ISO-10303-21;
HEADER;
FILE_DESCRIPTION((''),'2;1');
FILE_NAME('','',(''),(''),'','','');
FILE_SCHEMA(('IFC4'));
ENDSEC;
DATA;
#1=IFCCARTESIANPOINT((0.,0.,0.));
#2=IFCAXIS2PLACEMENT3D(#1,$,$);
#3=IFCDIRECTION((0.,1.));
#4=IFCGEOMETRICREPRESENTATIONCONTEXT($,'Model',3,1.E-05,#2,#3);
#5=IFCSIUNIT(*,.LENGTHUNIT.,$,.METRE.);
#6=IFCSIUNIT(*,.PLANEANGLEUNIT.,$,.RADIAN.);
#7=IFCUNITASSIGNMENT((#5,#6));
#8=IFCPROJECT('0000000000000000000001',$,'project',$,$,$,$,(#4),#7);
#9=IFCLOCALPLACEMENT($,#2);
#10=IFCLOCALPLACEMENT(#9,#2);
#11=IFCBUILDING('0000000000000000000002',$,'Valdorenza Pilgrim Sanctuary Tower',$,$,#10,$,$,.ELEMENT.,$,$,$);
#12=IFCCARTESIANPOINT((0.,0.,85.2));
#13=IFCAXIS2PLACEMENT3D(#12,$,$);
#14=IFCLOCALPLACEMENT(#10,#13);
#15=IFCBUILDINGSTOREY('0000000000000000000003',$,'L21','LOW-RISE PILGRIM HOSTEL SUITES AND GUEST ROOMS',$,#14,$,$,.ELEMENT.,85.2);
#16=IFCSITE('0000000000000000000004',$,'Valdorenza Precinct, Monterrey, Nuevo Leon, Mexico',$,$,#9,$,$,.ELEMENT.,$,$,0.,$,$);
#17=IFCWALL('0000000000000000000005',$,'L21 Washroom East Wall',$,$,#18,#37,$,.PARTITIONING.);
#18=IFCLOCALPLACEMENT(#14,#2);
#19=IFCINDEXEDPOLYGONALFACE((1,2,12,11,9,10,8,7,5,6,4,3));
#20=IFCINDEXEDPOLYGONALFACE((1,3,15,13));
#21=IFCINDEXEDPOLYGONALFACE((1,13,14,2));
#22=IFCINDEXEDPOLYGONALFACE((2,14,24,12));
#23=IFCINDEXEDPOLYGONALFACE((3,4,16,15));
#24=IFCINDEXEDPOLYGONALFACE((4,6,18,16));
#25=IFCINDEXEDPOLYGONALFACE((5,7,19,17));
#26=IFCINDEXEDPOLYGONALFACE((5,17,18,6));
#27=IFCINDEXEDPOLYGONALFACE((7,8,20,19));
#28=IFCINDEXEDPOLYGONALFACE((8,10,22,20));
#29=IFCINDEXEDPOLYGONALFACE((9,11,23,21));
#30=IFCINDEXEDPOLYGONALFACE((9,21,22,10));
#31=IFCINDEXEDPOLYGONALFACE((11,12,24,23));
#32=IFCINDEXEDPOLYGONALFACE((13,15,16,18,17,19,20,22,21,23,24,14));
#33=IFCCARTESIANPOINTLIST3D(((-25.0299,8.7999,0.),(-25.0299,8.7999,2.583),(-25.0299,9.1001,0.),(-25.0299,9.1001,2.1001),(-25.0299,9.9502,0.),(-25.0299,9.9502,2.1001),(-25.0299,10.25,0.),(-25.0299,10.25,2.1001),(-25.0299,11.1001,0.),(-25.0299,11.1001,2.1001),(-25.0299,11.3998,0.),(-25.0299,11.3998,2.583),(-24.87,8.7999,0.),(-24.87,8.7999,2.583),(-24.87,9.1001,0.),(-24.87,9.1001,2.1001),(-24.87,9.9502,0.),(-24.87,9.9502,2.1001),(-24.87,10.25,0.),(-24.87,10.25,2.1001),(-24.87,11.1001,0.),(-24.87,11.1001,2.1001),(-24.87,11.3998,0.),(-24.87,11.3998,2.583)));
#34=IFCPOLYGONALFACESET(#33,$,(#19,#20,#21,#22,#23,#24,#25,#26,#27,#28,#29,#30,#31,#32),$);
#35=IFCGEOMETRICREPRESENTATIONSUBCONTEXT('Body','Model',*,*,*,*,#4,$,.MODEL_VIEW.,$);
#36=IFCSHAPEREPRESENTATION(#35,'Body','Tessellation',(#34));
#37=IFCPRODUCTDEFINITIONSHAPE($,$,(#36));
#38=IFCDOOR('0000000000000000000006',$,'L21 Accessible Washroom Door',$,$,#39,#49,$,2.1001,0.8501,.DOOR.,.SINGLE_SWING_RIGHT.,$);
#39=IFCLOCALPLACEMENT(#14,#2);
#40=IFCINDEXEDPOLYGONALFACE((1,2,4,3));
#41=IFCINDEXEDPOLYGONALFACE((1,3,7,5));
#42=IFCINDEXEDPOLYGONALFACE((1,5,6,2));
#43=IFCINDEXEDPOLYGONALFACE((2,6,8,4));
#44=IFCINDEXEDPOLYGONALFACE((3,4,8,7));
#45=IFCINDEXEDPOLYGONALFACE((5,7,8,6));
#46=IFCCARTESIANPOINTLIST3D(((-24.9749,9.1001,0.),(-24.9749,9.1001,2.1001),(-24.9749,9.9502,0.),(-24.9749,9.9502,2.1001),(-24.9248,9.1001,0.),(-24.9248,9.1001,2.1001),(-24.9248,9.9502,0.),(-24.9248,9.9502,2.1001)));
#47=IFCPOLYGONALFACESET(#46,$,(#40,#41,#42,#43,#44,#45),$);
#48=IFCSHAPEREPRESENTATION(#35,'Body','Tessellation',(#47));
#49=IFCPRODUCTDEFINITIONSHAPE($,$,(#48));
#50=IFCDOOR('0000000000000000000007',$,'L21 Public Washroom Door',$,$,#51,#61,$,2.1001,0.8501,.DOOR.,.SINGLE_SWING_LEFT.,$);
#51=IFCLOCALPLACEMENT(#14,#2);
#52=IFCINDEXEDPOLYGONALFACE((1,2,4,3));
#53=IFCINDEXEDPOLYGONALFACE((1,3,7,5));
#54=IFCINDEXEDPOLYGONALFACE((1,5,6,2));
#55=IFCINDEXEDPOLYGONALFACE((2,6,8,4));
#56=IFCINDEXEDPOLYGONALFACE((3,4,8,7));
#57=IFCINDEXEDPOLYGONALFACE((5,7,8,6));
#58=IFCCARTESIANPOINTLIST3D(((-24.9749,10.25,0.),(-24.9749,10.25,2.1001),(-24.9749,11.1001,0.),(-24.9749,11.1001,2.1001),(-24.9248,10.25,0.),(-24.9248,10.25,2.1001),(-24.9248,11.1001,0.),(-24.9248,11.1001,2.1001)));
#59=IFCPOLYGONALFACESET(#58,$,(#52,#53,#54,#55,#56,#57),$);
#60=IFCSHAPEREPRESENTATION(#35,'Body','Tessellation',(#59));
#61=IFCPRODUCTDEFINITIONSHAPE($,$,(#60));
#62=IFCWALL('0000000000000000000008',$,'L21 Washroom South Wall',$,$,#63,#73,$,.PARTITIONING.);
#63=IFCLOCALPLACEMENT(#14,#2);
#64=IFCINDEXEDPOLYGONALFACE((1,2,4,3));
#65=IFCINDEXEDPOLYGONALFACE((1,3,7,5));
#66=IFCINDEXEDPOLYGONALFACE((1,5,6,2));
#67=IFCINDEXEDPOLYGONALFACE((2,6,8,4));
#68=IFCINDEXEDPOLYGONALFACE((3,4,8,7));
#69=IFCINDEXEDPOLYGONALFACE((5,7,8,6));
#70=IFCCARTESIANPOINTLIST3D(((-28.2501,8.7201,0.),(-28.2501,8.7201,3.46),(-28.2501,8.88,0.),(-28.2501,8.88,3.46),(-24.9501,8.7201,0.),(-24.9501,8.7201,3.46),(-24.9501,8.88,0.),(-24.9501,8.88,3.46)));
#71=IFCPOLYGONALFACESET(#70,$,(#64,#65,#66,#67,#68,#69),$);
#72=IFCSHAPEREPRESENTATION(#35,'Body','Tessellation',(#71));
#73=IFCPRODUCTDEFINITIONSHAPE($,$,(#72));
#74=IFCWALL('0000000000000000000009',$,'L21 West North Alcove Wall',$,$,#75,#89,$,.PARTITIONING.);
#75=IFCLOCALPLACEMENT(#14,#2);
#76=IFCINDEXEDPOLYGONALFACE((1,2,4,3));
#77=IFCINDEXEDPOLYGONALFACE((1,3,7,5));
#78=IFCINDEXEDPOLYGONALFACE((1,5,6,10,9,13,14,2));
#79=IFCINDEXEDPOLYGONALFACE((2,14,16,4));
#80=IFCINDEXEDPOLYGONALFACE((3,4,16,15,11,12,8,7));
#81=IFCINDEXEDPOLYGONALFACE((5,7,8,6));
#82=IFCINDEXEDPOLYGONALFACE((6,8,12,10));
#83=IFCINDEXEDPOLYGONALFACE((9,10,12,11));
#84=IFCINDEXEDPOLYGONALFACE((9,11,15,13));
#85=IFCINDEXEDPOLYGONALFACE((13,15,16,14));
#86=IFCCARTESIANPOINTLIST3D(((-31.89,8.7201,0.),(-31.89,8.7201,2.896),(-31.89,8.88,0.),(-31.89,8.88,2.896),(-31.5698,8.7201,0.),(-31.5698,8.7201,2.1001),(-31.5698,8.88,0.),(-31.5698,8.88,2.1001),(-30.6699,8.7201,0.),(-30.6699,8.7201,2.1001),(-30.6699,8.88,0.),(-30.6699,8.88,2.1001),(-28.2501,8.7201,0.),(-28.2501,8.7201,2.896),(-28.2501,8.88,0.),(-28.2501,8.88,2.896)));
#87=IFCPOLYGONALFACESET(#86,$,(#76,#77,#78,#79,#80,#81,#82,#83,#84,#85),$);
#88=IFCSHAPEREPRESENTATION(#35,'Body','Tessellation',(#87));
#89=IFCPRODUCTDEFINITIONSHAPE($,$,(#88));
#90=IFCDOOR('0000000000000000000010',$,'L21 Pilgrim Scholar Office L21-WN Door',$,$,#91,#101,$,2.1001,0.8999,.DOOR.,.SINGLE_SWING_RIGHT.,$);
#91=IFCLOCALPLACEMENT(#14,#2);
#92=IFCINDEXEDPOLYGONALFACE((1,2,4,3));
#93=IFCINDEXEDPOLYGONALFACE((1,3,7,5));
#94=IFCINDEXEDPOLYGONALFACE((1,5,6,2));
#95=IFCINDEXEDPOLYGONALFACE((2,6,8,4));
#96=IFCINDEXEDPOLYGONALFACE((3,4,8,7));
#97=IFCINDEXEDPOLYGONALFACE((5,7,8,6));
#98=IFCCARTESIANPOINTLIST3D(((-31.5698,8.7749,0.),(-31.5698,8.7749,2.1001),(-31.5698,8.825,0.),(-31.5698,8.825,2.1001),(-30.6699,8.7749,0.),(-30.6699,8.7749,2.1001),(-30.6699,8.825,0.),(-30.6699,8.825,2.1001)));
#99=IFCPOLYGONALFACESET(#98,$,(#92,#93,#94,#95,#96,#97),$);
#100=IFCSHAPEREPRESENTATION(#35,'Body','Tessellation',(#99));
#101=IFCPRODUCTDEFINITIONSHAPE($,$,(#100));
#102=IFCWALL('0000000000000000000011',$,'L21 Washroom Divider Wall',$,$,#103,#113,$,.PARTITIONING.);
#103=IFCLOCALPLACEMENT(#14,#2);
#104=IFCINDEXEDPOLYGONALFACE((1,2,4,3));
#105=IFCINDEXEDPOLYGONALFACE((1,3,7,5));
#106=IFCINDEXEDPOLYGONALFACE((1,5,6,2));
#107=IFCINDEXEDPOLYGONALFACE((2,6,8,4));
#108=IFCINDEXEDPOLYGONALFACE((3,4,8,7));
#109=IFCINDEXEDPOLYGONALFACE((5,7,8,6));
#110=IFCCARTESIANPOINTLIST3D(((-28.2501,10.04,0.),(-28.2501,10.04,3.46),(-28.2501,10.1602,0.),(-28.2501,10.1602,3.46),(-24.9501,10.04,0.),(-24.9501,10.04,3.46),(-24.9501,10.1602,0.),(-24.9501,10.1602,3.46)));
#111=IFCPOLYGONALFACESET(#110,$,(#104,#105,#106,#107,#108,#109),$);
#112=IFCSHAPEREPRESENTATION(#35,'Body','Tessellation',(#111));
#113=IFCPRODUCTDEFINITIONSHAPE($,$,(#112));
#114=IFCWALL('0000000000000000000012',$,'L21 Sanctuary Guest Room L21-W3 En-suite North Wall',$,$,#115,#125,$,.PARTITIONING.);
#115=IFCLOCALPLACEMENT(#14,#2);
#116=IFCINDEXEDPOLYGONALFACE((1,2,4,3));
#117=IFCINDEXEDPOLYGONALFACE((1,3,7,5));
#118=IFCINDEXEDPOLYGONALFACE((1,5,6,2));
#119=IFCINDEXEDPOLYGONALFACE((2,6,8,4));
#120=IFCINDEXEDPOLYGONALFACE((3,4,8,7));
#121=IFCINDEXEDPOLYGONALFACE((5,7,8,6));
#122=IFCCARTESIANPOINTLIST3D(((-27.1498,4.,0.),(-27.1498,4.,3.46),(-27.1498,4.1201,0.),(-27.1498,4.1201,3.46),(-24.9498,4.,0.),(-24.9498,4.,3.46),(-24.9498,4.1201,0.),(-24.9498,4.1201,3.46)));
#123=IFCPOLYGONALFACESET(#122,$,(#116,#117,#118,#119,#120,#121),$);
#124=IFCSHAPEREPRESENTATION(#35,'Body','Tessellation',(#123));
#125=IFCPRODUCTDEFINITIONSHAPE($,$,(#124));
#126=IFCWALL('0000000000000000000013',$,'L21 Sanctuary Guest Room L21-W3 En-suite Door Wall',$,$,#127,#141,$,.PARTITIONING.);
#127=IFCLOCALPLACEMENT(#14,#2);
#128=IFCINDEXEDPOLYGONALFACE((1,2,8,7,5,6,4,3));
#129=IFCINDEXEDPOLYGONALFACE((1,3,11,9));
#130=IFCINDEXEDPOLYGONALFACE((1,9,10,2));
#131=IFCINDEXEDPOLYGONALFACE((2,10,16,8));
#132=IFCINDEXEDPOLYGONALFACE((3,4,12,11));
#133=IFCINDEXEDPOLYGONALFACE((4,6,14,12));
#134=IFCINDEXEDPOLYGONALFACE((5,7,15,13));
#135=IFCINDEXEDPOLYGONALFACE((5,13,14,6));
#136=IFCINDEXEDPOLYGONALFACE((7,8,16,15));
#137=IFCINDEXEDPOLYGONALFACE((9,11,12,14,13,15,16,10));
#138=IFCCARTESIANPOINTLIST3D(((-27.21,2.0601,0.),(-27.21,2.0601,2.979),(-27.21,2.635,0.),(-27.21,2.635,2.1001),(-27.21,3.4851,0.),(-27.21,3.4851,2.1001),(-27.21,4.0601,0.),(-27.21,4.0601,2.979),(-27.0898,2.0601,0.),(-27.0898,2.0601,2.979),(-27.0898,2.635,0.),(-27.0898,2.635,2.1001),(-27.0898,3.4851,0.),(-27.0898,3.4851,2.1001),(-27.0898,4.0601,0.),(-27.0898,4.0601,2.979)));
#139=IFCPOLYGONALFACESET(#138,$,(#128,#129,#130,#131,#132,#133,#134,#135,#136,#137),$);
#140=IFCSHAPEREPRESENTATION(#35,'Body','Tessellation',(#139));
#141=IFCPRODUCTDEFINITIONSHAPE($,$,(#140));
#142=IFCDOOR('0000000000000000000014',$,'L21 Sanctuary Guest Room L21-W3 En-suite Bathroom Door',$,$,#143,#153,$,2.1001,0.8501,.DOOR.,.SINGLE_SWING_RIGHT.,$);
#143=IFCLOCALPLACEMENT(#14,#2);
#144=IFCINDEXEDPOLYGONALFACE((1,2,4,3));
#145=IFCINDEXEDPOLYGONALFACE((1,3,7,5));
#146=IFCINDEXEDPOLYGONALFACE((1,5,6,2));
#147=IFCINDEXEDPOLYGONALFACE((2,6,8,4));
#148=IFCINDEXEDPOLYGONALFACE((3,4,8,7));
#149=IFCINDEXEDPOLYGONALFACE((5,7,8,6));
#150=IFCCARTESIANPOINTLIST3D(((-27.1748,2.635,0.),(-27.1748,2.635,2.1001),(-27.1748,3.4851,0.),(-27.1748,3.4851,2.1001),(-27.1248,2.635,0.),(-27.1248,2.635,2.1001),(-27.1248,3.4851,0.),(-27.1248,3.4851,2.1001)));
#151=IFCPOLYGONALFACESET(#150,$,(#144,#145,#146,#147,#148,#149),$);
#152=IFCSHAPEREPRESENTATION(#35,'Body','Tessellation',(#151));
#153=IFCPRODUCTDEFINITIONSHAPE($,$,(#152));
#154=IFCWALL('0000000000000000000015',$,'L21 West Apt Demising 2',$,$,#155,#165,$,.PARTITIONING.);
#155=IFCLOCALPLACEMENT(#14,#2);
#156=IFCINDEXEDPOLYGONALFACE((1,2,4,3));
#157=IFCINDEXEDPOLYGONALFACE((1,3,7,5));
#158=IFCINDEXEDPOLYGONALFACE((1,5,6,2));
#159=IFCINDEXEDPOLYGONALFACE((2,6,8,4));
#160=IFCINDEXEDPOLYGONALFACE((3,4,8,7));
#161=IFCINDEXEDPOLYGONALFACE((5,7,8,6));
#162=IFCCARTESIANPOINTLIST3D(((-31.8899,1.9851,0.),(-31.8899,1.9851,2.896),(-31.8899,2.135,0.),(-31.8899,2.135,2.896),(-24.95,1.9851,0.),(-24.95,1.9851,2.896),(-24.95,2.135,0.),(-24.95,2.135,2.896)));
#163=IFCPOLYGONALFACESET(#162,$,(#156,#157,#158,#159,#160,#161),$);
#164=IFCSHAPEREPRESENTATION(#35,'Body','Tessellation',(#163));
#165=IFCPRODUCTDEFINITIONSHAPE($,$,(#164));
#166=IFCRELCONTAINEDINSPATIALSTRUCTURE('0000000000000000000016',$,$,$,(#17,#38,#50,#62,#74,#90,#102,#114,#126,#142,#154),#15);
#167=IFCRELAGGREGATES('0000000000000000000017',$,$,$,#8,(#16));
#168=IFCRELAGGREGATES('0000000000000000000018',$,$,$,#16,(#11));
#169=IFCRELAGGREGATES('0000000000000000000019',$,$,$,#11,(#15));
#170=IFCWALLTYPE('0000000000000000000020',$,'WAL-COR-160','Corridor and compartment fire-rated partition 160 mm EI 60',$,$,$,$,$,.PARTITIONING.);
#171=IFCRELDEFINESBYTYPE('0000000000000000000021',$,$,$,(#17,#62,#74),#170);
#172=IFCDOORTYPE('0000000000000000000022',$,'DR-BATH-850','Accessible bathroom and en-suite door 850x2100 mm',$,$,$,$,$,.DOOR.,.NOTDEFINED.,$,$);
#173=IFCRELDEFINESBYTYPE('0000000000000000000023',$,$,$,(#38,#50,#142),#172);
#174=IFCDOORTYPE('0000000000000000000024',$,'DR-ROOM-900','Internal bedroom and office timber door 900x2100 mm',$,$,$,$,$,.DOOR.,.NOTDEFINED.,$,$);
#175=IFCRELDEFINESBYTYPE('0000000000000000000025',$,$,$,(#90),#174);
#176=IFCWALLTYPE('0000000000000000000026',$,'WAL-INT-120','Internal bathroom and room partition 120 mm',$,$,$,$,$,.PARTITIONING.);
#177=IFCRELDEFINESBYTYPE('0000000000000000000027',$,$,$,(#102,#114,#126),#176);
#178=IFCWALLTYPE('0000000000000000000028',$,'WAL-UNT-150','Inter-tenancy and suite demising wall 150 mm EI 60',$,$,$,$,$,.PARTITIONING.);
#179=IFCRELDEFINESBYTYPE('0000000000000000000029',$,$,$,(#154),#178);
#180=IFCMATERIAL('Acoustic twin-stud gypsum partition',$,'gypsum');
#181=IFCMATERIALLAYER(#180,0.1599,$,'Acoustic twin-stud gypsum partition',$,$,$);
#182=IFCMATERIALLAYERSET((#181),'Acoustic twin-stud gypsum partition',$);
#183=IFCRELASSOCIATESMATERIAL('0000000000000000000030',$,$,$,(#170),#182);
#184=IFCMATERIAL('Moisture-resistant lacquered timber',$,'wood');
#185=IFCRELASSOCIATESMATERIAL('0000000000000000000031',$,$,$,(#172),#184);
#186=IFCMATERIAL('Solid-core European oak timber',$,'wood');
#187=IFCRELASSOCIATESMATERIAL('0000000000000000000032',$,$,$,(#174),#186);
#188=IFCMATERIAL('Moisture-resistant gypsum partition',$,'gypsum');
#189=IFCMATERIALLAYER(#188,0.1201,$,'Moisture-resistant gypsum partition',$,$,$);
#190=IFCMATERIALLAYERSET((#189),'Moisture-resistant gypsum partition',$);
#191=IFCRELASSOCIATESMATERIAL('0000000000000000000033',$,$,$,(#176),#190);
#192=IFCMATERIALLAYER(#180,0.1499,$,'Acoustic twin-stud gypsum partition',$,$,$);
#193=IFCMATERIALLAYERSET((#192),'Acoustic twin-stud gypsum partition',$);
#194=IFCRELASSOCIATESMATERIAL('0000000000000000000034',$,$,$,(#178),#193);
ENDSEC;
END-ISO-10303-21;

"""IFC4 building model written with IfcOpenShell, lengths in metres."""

from ifc_helpers import new_model, si_unit, direction, frame, frame_2d, origin, place, context, subcontext, project, spatial, rectangle, extrude, material, layer, layer_set, type_object, element, fill, save


model = new_model("IFC4")

# Units and contexts
model_context = context("Model", 3, precision=1e-05, world=origin(), true_north=direction((0.0, 1.0)))
body_context = subcontext(model_context, "Body", "Model", "MODEL_VIEW")
ifc_project = project(units=[si_unit("LENGTHUNIT", "METRE"), si_unit("PLANEANGLEUNIT", "RADIAN")], contexts=[model_context])

# Site, building, storey
site_placement = place(None, origin())
site = spatial("IfcSite", under=ifc_project, at=site_placement, Name="Valdorenza Precinct, Monterrey, Nuevo Leon, Mexico", CompositionType="ELEMENT", RefElevation=0.0)
building_placement = place(site_placement, origin())
building = spatial("IfcBuilding", under=site, at=building_placement, Name="Valdorenza Pilgrim Sanctuary Tower", CompositionType="ELEMENT")
storey_placement = place(building_placement, frame((0.0, 0.0, 85.2)))
storey = spatial("IfcBuildingStorey", under=building, at=storey_placement, Name="L21", Description="LOW-RISE PILGRIM HOSTEL SUITES AND GUEST ROOMS", CompositionType="ELEMENT", Elevation=85.2)

# Shared definitions
ifc_material_1 = material(Name="Acoustic twin-stud gypsum partition", Category="gypsum")
ifc_layer_1 = layer(ifc_material_1, 0.1599, Name="Acoustic twin-stud gypsum partition")
ifc_layer_set_1 = layer_set([ifc_layer_1], Name="Acoustic twin-stud gypsum partition")
wall_type_1 = type_object("IfcWallType", Name="WAL-COR-160", Description="Corridor and compartment fire-rated partition 160 mm EI 60", PredefinedType="PARTITIONING", material=ifc_layer_set_1)

# Wall, openings, doors
wall_1_placement = place(storey_placement, frame((-24.95, 8.8, 0.0), z_axis=(0.0, 0.0, 1.0), x_axis=(0.0, 1.0, 0.0)))
wall_1 = element("IfcWall", 1, at=wall_1_placement, inside=storey, type_object=wall_type_1, Name="L21 Washroom East Wall", PredefinedType="PARTITIONING", context=body_context, shape_type="SweptSolid", body=[
    extrude(rectangle(XDim=2.5999, YDim=0.1599, at=frame_2d((1.2998, 0.0))), origin(), (0.0, 0.0, 1.0), 2.583),
])
opening_1_placement = place(wall_1_placement, frame((0.3, 0.0, 0.0)))
opening_1 = element("IfcOpeningElement", 2, at=opening_1_placement, cuts=wall_1, PredefinedType="OPENING", context=body_context, shape_type="SweptSolid", body=[
    extrude(rectangle(XDim=0.8501, YDim=2.1001, at=frame_2d((0.425, 1.05))), frame((0.0, 0.0947, 0.0), z_axis=(0.0, -1.0, 0.0), x_axis=(1.0, 0.0, 0.0)), (0.0, 0.0, 1.0), 0.1897),
])
opening_2_placement = place(wall_1_placement, frame((1.45, 0.0, 0.0)))
opening_2 = element("IfcOpeningElement", 3, at=opening_2_placement, cuts=wall_1, PredefinedType="OPENING", context=body_context, shape_type="SweptSolid", body=[
    extrude(rectangle(XDim=0.8501, YDim=2.1001, at=frame_2d((0.425, 1.05))), frame((0.0, 0.0947, 0.0), z_axis=(0.0, -1.0, 0.0), x_axis=(1.0, 0.0, 0.0)), (0.0, 0.0, 1.0), 0.1897),
])
ifc_material_2 = material(Name="Moisture-resistant lacquered timber", Category="wood")
door_type_1 = type_object("IfcDoorType", Name="DR-BATH-850", Description="Accessible bathroom and en-suite door 850x2100 mm", OperationType="NOTDEFINED", PredefinedType="DOOR", material=ifc_material_2)
door_1_placement = place(opening_1_placement, origin())
door_1 = element("IfcDoor", 4, at=door_1_placement, inside=storey, type_object=door_type_1, Name="L21 Accessible Washroom Door", OperationType="SINGLE_SWING_RIGHT", OverallHeight=2.1001, OverallWidth=0.8501, PredefinedType="DOOR", context=body_context, shape_type="SweptSolid", body=[
    extrude(rectangle(XDim=0.8501, YDim=2.1001, at=frame_2d((0.425, 1.05))), frame((0.0, 0.0249, 0.0), z_axis=(0.0, -1.0, 0.0), x_axis=(1.0, 0.0, 0.0)), (0.0, 0.0, 1.0), 0.05),
])
fill(opening_1, door_1)
door_2_placement = place(opening_2_placement, origin())
door_2 = element("IfcDoor", 5, at=door_2_placement, inside=storey, type_object=door_type_1, Name="L21 Public Washroom Door", OperationType="SINGLE_SWING_LEFT", OverallHeight=2.1001, OverallWidth=0.8501, PredefinedType="DOOR", context=body_context, shape_type="SweptSolid", body=[
    extrude(rectangle(XDim=0.8501, YDim=2.1001, at=frame_2d((0.425, 1.05))), frame((0.0, 0.0249, 0.0), z_axis=(0.0, -1.0, 0.0), x_axis=(1.0, 0.0, 0.0)), (0.0, 0.0, 1.0), 0.05),
])
fill(opening_2, door_2)

# Wall
wall_2_placement = place(storey_placement, frame((-28.25, 8.8, 0.0), z_axis=(0.0, 0.0, 1.0), x_axis=(1.0, 0.0, 0.0)))
element("IfcWall", 6, at=wall_2_placement, inside=storey, type_object=wall_type_1, Name="L21 Washroom South Wall", PredefinedType="PARTITIONING", context=body_context, shape_type="SweptSolid", body=[
    extrude(rectangle(XDim=3.3, YDim=0.1599, at=frame_2d((1.6499, 0.0))), origin(), (0.0, 0.0, 1.0), 3.46),
])

# Wall, opening, door
wall_3_placement = place(storey_placement, frame((-31.8899, 8.8, 0.0), z_axis=(0.0, 0.0, 1.0), x_axis=(1.0, 0.0, 0.0)))
wall_3 = element("IfcWall", 7, at=wall_3_placement, inside=storey, type_object=wall_type_1, Name="L21 West North Alcove Wall", PredefinedType="PARTITIONING", context=body_context, shape_type="SweptSolid", body=[
    extrude(rectangle(XDim=3.6399, YDim=0.1599, at=frame_2d((1.8198, 0.0))), origin(), (0.0, 0.0, 1.0), 2.896),
])
opening_3_placement = place(wall_3_placement, frame((0.3201, 0.0, 0.0)))
opening_3 = element("IfcOpeningElement", 8, at=opening_3_placement, cuts=wall_3, PredefinedType="OPENING", context=body_context, shape_type="SweptSolid", body=[
    extrude(rectangle(XDim=0.8999, YDim=2.1001, at=frame_2d((0.45, 1.05))), frame((0.0, 0.0947, 0.0), z_axis=(0.0, -1.0, 0.0), x_axis=(1.0, 0.0, 0.0)), (0.0, 0.0, 1.0), 0.1897),
])
ifc_material_3 = material(Name="Solid-core European oak timber", Category="wood")
door_type_2 = type_object("IfcDoorType", Name="DR-ROOM-900", Description="Internal bedroom and office timber door 900x2100 mm", OperationType="NOTDEFINED", PredefinedType="DOOR", material=ifc_material_3)
door_3_placement = place(opening_3_placement, origin())
door_3 = element("IfcDoor", 9, at=door_3_placement, inside=storey, type_object=door_type_2, Name="L21 Pilgrim Scholar Office L21-WN Door", OperationType="SINGLE_SWING_RIGHT", OverallHeight=2.1001, OverallWidth=0.8999, PredefinedType="DOOR", context=body_context, shape_type="SweptSolid", body=[
    extrude(rectangle(XDim=0.8999, YDim=2.1001, at=frame_2d((0.45, 1.05))), frame((0.0, 0.0249, 0.0), z_axis=(0.0, -1.0, 0.0), x_axis=(1.0, 0.0, 0.0)), (0.0, 0.0, 1.0), 0.05),
])
fill(opening_3, door_3)

# Walls
ifc_material_4 = material(Name="Moisture-resistant gypsum partition", Category="gypsum")
ifc_layer_2 = layer(ifc_material_4, 0.1201, Name="Moisture-resistant gypsum partition")
ifc_layer_set_2 = layer_set([ifc_layer_2], Name="Moisture-resistant gypsum partition")
wall_type_2 = type_object("IfcWallType", Name="WAL-INT-120", Description="Internal bathroom and room partition 120 mm", PredefinedType="PARTITIONING", material=ifc_layer_set_2)
wall_4_placement = place(storey_placement, frame((-28.25, 10.1001, 0.0), z_axis=(0.0, 0.0, 1.0), x_axis=(1.0, 0.0, 0.0)))
element("IfcWall", 10, at=wall_4_placement, inside=storey, type_object=wall_type_2, Name="L21 Washroom Divider Wall", PredefinedType="PARTITIONING", context=body_context, shape_type="SweptSolid", body=[
    extrude(rectangle(XDim=3.3, YDim=0.1201, at=frame_2d((1.6499, 0.0))), origin(), (0.0, 0.0, 1.0), 3.46),
])
wall_5_placement = place(storey_placement, frame((-27.1499, 4.0601, 0.0), z_axis=(0.0, 0.0, 1.0), x_axis=(1.0, 0.0, 0.0)))
element("IfcWall", 11, at=wall_5_placement, inside=storey, type_object=wall_type_2, Name="L21 Sanctuary Guest Room L21-W3 En-suite North Wall", PredefinedType="PARTITIONING", context=body_context, shape_type="SweptSolid", body=[
    extrude(rectangle(XDim=2.2, YDim=0.1201, at=frame_2d((1.1001, 0.0))), origin(), (0.0, 0.0, 1.0), 3.46),
])

# Wall, opening, door
wall_6_placement = place(storey_placement, frame((-27.1499, 2.0601, 0.0), z_axis=(0.0, 0.0, 1.0), x_axis=(0.0, 1.0, 0.0)))
wall_6 = element("IfcWall", 12, at=wall_6_placement, inside=storey, type_object=wall_type_2, Name="L21 Sanctuary Guest Room L21-W3 En-suite Door Wall", PredefinedType="PARTITIONING", context=body_context, shape_type="SweptSolid", body=[
    extrude(rectangle(XDim=2.0, YDim=0.1201, at=frame_2d((1.0, 0.0))), origin(), (0.0, 0.0, 1.0), 2.979),
])
opening_4_placement = place(wall_6_placement, frame((0.575, 0.0, 0.0)))
opening_4 = element("IfcOpeningElement", 13, at=opening_4_placement, cuts=wall_6, PredefinedType="OPENING", context=body_context, shape_type="SweptSolid", body=[
    extrude(rectangle(XDim=0.8501, YDim=2.1001, at=frame_2d((0.425, 1.05))), frame((0.0, 0.075, 0.0), z_axis=(0.0, -1.0, 0.0), x_axis=(1.0, 0.0, 0.0)), (0.0, 0.0, 1.0), 0.1499),
])
door_4_placement = place(opening_4_placement, origin())
door_4 = element("IfcDoor", 14, at=door_4_placement, inside=storey, type_object=door_type_1, Name="L21 Sanctuary Guest Room L21-W3 En-suite Bathroom Door", OperationType="SINGLE_SWING_RIGHT", OverallHeight=2.1001, OverallWidth=0.8501, PredefinedType="DOOR", context=body_context, shape_type="SweptSolid", body=[
    extrude(rectangle(XDim=0.8501, YDim=2.1001, at=frame_2d((0.425, 1.05))), frame((0.0, 0.0249, 0.0), z_axis=(0.0, -1.0, 0.0), x_axis=(1.0, 0.0, 0.0)), (0.0, 0.0, 1.0), 0.05),
])
fill(opening_4, door_4)

# Wall
ifc_layer_3 = layer(ifc_material_1, 0.1499, Name="Acoustic twin-stud gypsum partition")
ifc_layer_set_3 = layer_set([ifc_layer_3], Name="Acoustic twin-stud gypsum partition")
wall_type_3 = type_object("IfcWallType", Name="WAL-UNT-150", Description="Inter-tenancy and suite demising wall 150 mm EI 60", PredefinedType="PARTITIONING", material=ifc_layer_set_3)
wall_7_placement = place(storey_placement, frame((-31.8899, 2.0601, 0.0), z_axis=(0.0, 0.0, 1.0), x_axis=(1.0, 0.0, 0.0)))
element("IfcWall", 15, at=wall_7_placement, inside=storey, type_object=wall_type_3, Name="L21 West Apt Demising 2", PredefinedType="PARTITIONING", context=body_context, shape_type="SweptSolid", body=[
    extrude(rectangle(XDim=6.9399, YDim=0.1499, at=frame_2d((3.47, 0.0))), origin(), (0.0, 0.0, 1.0), 2.896),
])

save(model, "model.ifc")
